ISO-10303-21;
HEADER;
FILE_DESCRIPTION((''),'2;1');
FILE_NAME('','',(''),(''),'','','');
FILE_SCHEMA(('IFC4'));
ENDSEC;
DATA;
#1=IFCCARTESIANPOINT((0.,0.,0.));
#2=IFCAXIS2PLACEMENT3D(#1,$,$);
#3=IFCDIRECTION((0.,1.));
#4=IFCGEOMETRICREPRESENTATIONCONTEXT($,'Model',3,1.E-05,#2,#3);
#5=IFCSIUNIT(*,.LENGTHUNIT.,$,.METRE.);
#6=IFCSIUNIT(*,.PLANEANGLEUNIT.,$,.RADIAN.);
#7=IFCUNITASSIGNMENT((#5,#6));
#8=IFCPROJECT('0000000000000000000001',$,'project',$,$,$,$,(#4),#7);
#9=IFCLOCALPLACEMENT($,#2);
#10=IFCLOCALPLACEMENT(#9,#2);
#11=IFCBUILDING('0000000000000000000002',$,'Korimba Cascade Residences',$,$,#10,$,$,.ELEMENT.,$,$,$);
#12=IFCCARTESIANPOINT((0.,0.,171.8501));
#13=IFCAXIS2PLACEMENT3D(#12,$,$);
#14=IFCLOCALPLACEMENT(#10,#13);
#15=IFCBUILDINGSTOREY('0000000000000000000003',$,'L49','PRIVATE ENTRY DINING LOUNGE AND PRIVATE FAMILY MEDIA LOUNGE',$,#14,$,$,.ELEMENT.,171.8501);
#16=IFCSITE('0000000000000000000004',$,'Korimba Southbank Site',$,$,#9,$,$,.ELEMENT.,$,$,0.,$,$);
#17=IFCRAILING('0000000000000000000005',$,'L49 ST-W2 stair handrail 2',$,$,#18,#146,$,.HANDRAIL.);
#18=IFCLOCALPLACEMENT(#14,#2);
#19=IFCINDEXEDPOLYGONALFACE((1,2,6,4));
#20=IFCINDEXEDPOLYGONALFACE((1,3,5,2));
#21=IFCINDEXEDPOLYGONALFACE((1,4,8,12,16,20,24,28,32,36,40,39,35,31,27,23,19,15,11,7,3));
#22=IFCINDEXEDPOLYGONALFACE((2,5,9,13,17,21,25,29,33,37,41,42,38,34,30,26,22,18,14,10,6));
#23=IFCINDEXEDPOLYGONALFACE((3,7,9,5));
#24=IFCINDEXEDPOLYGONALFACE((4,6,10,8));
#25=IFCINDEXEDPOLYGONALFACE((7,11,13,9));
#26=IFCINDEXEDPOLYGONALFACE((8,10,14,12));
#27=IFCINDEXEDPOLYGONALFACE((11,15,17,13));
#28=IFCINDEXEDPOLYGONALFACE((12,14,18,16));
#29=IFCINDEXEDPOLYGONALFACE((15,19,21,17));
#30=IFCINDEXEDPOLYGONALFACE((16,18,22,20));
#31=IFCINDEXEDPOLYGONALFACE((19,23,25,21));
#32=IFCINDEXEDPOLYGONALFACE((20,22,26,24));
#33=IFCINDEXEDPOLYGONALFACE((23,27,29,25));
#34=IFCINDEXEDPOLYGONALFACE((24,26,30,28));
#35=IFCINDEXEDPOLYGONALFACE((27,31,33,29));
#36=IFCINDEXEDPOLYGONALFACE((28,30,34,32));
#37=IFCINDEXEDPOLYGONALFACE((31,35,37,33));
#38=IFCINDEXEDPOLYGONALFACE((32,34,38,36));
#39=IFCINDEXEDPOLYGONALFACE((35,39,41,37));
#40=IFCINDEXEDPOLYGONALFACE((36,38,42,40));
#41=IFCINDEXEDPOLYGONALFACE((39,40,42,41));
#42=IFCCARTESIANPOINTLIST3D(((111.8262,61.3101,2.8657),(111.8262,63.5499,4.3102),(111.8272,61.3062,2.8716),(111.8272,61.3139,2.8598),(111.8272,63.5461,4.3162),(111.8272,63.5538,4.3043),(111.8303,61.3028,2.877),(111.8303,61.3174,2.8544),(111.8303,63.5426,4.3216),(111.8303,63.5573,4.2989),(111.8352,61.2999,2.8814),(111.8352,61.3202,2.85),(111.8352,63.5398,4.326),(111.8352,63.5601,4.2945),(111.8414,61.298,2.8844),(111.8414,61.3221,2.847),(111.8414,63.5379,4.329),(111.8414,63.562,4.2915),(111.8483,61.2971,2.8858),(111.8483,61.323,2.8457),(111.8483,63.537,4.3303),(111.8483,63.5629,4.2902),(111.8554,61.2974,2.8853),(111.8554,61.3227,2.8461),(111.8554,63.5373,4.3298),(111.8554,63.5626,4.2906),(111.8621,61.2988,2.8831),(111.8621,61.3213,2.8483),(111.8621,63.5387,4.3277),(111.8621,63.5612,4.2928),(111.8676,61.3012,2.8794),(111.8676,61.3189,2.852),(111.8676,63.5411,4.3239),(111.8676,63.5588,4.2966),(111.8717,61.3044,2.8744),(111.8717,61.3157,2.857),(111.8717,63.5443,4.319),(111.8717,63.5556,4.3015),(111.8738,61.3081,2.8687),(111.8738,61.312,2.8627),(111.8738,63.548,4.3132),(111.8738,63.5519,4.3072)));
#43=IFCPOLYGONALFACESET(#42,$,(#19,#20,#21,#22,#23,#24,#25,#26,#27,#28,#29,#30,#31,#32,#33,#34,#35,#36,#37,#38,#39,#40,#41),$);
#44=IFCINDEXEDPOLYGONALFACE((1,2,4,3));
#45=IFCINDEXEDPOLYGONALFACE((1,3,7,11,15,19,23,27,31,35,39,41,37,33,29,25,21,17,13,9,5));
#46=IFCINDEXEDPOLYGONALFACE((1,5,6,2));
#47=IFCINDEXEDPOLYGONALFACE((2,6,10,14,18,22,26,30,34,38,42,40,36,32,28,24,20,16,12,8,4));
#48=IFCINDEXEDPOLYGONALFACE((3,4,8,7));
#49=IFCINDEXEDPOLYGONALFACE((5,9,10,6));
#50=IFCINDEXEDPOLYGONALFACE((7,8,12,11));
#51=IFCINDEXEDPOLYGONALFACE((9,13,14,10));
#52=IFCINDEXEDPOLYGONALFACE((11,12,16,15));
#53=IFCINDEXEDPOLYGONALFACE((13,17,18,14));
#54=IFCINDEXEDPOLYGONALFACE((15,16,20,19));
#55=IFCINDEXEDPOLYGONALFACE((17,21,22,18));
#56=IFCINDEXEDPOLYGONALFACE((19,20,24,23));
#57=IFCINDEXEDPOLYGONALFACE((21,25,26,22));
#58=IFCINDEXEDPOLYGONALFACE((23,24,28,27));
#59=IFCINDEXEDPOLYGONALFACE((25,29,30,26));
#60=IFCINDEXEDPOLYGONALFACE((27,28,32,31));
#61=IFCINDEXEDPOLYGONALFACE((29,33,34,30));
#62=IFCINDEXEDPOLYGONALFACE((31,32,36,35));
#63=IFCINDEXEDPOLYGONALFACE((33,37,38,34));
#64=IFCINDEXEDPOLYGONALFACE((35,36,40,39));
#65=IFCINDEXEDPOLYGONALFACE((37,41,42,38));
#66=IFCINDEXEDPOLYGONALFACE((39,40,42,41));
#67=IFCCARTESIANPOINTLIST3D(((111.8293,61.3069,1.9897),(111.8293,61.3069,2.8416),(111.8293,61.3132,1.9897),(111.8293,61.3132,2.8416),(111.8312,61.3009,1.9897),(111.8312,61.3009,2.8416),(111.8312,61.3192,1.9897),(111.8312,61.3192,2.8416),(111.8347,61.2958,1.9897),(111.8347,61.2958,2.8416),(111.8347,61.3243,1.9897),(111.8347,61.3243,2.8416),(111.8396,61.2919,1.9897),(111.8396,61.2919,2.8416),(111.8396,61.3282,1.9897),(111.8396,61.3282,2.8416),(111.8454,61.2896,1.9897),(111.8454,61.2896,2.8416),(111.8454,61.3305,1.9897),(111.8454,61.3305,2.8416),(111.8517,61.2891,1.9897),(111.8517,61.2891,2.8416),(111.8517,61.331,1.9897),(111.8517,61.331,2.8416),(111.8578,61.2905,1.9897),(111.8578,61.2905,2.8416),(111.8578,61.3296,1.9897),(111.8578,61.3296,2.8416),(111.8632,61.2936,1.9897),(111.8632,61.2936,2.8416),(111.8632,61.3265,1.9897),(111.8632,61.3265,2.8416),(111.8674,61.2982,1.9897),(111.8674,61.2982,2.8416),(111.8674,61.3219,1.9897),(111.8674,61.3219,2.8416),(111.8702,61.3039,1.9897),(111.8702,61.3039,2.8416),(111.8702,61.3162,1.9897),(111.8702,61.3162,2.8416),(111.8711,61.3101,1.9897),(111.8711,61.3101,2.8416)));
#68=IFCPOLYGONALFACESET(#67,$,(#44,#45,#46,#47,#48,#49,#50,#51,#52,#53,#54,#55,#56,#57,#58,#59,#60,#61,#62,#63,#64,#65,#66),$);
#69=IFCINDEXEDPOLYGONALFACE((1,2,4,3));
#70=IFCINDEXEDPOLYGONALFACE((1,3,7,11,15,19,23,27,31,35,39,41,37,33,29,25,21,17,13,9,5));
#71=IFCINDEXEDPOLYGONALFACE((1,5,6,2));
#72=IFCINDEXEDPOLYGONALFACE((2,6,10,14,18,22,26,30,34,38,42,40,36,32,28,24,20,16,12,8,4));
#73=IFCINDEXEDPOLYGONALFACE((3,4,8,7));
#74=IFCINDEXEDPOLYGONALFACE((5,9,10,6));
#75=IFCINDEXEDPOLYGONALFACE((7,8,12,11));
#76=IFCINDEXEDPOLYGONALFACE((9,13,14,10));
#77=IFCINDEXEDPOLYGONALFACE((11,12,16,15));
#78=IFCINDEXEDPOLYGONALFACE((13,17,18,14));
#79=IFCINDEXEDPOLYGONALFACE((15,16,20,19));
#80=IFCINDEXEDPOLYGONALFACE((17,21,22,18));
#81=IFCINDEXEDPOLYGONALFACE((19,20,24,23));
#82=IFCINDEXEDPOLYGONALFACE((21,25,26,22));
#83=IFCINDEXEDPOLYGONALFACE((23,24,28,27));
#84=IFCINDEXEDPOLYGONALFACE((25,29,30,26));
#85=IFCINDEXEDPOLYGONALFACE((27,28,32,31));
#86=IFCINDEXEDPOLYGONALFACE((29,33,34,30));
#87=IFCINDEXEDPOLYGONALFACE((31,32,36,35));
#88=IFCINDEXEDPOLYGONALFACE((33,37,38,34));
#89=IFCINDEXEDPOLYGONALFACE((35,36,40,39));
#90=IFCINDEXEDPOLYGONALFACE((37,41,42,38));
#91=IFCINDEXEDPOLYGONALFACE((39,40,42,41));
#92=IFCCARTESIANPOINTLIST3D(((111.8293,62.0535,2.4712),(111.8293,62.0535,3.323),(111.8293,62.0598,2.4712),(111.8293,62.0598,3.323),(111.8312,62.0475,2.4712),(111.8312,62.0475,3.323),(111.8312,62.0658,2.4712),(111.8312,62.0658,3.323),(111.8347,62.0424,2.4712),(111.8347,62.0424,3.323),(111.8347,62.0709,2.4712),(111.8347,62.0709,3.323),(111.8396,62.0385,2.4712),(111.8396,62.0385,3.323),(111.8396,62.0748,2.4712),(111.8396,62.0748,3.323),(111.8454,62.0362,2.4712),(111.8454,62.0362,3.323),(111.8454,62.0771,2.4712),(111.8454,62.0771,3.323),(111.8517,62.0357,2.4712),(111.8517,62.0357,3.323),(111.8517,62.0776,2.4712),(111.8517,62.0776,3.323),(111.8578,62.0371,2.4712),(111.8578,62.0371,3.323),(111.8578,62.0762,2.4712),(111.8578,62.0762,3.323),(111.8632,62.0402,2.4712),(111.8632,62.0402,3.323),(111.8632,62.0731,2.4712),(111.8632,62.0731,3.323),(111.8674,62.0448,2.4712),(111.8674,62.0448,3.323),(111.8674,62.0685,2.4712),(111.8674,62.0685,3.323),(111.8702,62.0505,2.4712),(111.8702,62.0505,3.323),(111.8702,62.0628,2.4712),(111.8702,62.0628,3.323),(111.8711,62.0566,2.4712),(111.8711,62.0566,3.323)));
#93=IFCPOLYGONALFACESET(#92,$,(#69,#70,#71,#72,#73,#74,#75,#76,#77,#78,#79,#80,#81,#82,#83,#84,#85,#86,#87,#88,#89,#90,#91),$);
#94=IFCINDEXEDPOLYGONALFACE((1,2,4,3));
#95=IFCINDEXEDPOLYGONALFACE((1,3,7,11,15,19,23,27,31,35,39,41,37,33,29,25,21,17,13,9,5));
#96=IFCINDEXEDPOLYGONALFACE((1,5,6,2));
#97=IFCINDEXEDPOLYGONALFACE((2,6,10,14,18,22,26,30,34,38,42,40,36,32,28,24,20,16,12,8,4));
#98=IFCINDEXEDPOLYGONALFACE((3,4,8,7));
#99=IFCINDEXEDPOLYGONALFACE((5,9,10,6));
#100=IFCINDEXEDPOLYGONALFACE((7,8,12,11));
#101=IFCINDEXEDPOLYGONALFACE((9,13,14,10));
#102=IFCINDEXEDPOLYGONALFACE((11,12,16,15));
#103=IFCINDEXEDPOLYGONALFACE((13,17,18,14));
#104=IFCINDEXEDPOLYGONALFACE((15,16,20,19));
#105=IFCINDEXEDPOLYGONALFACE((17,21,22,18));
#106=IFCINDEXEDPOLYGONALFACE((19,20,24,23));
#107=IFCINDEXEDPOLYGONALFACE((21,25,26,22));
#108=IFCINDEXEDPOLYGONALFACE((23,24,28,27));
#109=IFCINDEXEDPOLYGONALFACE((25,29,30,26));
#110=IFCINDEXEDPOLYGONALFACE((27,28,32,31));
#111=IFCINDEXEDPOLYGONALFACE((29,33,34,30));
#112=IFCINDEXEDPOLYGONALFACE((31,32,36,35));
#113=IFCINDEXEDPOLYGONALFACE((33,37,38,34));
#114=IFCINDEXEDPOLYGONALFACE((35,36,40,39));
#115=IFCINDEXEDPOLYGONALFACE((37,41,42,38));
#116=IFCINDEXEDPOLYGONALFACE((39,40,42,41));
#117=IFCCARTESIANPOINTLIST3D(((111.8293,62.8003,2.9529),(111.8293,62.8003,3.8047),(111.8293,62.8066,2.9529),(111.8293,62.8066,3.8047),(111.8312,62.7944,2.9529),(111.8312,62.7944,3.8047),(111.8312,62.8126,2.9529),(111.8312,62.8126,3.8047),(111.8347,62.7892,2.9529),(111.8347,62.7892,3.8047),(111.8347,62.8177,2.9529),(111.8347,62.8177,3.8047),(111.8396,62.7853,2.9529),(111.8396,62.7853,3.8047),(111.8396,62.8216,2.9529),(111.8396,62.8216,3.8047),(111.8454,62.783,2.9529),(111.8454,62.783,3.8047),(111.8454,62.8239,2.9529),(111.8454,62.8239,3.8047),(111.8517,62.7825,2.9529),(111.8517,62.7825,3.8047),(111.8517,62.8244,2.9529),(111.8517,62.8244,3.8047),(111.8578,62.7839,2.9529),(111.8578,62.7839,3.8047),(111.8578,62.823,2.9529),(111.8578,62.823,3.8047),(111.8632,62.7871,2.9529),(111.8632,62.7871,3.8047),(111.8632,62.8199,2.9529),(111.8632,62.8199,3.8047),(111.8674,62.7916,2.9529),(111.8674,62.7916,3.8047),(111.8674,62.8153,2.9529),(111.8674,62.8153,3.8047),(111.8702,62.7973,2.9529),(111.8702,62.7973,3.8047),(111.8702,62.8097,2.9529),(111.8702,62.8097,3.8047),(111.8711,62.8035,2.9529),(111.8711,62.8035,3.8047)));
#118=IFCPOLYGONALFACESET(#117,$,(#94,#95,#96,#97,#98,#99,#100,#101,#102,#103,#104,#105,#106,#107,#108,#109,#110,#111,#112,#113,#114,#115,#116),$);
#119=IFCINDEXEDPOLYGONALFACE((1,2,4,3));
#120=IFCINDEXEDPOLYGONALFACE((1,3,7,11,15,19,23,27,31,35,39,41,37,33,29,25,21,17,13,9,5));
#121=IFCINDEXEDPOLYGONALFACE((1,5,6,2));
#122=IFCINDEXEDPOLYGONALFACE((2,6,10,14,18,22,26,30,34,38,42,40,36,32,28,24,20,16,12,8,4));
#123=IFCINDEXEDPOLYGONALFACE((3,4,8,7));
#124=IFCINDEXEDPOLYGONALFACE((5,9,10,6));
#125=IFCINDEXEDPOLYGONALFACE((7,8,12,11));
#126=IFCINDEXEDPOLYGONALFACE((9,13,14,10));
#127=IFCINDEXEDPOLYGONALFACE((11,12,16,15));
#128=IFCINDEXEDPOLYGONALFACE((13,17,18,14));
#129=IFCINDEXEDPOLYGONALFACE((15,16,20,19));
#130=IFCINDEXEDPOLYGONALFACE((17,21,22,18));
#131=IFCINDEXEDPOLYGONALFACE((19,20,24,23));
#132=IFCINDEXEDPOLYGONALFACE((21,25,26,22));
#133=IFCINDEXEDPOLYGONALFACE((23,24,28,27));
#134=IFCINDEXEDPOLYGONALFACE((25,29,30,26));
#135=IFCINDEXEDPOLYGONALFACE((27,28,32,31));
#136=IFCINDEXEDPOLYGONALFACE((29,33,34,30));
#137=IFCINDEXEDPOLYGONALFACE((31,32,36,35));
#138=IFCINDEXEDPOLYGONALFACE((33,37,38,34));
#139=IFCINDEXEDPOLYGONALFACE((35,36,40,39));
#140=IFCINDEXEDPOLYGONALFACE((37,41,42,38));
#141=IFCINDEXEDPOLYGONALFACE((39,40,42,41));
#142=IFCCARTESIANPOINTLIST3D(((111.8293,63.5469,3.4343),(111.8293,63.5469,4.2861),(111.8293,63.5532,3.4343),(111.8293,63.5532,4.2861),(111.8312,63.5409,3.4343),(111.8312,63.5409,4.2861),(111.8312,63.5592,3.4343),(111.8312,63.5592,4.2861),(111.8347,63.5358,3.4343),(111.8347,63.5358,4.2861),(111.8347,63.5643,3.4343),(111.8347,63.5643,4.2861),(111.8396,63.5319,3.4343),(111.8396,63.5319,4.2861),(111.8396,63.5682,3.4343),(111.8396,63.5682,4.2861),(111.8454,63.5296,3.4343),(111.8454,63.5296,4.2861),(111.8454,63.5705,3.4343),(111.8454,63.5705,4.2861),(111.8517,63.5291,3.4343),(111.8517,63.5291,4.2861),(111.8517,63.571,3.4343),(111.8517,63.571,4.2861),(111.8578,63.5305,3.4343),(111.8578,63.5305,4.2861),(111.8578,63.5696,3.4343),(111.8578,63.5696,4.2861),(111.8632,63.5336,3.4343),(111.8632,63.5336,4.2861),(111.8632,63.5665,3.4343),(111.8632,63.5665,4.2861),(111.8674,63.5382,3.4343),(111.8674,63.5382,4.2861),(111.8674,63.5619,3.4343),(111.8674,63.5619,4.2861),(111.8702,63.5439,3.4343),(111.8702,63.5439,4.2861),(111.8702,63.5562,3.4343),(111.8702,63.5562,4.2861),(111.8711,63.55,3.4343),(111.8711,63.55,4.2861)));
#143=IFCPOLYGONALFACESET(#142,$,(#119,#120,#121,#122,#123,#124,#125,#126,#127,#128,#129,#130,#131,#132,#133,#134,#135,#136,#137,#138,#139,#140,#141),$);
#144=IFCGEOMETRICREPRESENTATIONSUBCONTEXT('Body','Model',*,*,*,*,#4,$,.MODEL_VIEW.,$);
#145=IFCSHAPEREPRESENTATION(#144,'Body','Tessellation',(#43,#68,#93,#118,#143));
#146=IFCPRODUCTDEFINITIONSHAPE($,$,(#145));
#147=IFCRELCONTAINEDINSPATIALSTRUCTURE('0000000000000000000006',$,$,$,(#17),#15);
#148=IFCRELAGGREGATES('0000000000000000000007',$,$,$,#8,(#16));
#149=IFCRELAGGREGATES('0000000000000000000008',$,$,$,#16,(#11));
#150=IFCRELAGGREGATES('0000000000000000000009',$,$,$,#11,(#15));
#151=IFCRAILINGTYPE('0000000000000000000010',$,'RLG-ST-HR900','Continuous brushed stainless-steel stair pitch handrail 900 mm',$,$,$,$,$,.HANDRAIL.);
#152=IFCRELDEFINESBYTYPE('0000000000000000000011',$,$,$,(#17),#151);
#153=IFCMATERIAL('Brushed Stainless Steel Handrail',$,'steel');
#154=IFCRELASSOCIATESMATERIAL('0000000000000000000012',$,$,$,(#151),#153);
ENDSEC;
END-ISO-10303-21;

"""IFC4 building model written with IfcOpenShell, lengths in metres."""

from ifc_helpers import new_model, si_unit, direction, frame, origin, origin_2d, place, context, subcontext, project, spatial, circle, extrude, material, type_object, element, save


model = new_model("IFC4")

# Units and contexts
model_context = context("Model", 3, precision=1e-05, world=origin(), true_north=direction((0.0, 1.0)))
body_context = subcontext(model_context, "Body", "Model", "MODEL_VIEW")
ifc_project = project(units=[si_unit("LENGTHUNIT", "METRE"), si_unit("PLANEANGLEUNIT", "RADIAN")], contexts=[model_context])

# Site, building, storey
site_placement = place(None, origin())
site = spatial("IfcSite", under=ifc_project, at=site_placement, Name="Korimba Southbank Site", CompositionType="ELEMENT", RefElevation=0.0)
building_placement = place(site_placement, origin())
building = spatial("IfcBuilding", under=site, at=building_placement, Name="Korimba Cascade Residences", CompositionType="ELEMENT")
storey_placement = place(building_placement, frame((0.0, 0.0, 171.8501)))
storey = spatial("IfcBuildingStorey", under=building, at=storey_placement, Name="L49", Description="PRIVATE ENTRY DINING LOUNGE AND PRIVATE FAMILY MEDIA LOUNGE", CompositionType="ELEMENT", Elevation=171.8501)

# Railing
ifc_material_1 = material(Name="Brushed Stainless Steel Handrail", Category="steel")
railing_type_1 = type_object("IfcRailingType", Name="RLG-ST-HR900", Description="Continuous brushed stainless-steel stair pitch handrail 900 mm", PredefinedType="HANDRAIL", material=ifc_material_1)
railing_1_placement = place(storey_placement, frame((111.8501, 61.3101, 1.9897)))
element("IfcRailing", 1, at=railing_1_placement, inside=storey, type_object=railing_type_1, Name="L49 ST-W2 stair handrail 2", PredefinedType="HANDRAIL", context=body_context, shape_type="SweptSolid", body=[
    extrude(circle(Radius=0.0239, at=origin_2d()), frame((0.0, 0.0, 0.876), z_axis=(0.0, 0.840395, 0.541975), x_axis=(-1.0, 0.0, 0.0)), (0.0, 0.0, 1.0), 2.6653),
    extrude(circle(Radius=0.021, at=origin_2d()), origin(), (0.0, 0.0, 1.0), 0.8518),
    extrude(circle(Radius=0.021, at=origin_2d()), frame((0.0, 0.7466, 0.4814)), (0.0, 0.0, 1.0), 0.8518),
    extrude(circle(Radius=0.021, at=origin_2d()), frame((0.0, 1.4934, 0.9631)), (0.0, 0.0, 1.0), 0.8518),
    extrude(circle(Radius=0.021, at=origin_2d()), frame((0.0, 2.24, 1.4446)), (0.0, 0.0, 1.0), 0.8518),
])

save(model, "model.ifc")
